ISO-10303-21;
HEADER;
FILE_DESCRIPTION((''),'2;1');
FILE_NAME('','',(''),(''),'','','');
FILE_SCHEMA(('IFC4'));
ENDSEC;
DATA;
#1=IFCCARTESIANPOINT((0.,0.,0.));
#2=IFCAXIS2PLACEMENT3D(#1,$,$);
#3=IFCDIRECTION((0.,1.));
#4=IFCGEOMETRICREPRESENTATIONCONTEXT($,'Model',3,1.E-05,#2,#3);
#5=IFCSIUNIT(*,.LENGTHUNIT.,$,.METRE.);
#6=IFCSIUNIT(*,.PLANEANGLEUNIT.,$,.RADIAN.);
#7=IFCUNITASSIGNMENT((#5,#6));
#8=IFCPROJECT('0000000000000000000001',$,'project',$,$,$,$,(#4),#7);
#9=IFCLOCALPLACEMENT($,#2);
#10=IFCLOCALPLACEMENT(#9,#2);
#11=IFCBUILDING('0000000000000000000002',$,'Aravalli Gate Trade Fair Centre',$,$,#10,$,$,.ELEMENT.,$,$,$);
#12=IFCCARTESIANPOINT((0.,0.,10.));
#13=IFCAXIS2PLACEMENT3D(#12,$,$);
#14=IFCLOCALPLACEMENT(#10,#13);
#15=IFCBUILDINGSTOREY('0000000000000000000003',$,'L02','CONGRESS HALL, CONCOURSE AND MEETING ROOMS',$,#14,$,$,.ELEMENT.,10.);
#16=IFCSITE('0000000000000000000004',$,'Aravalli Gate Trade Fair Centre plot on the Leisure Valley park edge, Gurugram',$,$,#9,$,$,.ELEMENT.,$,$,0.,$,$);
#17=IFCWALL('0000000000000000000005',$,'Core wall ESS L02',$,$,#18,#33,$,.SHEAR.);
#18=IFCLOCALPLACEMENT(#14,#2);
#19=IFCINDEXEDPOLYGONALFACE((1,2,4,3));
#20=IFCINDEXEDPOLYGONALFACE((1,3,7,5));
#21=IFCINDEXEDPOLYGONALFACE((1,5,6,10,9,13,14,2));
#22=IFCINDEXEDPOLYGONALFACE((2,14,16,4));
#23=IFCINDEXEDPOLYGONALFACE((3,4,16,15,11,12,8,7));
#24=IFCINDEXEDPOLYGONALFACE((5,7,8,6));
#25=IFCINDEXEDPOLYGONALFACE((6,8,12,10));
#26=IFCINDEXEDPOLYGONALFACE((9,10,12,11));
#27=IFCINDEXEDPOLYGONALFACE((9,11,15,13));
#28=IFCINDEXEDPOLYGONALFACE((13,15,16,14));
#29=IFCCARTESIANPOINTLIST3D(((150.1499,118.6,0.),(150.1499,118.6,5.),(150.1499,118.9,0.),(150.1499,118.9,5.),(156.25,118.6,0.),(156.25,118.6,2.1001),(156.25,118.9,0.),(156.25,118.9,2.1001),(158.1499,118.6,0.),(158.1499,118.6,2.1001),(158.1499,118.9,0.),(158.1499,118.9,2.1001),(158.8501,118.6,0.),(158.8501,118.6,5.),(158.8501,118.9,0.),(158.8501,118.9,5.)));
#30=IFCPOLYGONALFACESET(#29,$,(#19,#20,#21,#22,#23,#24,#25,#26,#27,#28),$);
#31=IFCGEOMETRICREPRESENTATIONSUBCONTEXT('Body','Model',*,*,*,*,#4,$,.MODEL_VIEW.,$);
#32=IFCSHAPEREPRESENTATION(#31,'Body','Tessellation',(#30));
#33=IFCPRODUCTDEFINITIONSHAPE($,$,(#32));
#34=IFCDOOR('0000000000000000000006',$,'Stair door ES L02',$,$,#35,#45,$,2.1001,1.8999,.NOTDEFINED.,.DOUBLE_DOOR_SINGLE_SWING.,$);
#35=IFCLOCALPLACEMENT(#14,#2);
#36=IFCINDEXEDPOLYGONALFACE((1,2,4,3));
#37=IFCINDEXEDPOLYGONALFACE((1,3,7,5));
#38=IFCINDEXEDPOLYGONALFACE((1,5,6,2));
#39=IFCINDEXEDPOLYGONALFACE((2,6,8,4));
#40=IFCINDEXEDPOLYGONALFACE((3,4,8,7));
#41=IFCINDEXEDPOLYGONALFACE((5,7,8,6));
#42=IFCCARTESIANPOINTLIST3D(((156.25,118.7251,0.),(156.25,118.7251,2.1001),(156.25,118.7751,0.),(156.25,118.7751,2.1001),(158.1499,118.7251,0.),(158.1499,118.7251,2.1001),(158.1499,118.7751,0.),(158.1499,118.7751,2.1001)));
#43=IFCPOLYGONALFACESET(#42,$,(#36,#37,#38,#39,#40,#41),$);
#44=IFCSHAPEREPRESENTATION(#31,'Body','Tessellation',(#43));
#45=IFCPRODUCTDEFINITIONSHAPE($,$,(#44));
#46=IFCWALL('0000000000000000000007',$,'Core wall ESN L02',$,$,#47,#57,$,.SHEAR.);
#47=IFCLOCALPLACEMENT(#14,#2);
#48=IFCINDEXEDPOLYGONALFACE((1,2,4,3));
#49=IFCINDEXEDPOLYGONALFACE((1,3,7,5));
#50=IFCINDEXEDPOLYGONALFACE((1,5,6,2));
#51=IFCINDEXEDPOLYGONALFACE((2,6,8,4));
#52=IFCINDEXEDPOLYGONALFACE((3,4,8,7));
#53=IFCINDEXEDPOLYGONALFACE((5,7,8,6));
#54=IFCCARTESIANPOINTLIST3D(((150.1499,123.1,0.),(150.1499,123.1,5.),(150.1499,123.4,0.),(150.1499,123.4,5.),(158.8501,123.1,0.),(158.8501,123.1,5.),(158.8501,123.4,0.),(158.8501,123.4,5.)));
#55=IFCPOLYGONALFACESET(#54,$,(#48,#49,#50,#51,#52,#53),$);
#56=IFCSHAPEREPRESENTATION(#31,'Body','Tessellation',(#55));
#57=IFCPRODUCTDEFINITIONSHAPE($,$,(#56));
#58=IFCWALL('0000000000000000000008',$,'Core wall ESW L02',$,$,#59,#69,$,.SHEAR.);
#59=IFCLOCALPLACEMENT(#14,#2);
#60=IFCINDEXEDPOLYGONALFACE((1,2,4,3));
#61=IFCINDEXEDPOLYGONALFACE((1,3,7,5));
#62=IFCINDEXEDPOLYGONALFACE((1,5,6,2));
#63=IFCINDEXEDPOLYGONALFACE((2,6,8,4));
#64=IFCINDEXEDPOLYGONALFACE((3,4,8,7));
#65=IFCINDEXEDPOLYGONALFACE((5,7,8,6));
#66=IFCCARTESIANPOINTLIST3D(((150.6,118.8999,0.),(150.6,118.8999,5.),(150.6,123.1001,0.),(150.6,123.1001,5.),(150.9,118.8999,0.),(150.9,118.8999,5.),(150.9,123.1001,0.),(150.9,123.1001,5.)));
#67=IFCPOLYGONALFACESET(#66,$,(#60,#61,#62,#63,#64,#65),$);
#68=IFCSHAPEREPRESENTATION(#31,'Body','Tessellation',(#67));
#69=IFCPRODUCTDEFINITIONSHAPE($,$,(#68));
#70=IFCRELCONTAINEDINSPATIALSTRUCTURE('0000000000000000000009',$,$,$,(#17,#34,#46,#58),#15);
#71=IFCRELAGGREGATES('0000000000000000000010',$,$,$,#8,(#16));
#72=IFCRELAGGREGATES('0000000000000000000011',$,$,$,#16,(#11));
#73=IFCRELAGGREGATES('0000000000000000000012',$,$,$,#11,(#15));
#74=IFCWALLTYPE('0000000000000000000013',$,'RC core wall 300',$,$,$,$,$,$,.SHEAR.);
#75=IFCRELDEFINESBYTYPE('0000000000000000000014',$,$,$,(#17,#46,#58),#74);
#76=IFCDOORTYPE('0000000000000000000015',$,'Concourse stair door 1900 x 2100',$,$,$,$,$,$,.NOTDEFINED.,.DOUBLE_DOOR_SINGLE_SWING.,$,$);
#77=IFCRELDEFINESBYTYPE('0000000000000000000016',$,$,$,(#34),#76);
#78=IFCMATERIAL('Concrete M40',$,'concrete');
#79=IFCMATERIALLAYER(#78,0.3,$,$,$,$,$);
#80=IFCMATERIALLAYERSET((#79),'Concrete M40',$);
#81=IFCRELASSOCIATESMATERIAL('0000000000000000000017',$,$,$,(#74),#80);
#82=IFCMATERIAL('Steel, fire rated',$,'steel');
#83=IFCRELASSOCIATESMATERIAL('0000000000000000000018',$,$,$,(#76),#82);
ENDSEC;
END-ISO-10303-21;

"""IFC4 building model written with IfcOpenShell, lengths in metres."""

from ifc_helpers import new_model, si_unit, direction, frame, frame_2d, origin, place, context, subcontext, project, spatial, rectangle, extrude, material, layer, layer_set, type_object, element, fill, save


model = new_model("IFC4")

# Units and contexts
model_context = context("Model", 3, precision=1e-05, world=origin(), true_north=direction((0.0, 1.0)))
body_context = subcontext(model_context, "Body", "Model", "MODEL_VIEW")
ifc_project = project(units=[si_unit("LENGTHUNIT", "METRE"), si_unit("PLANEANGLEUNIT", "RADIAN")], contexts=[model_context])

# Site, building, storey
site_placement = place(None, origin())
site = spatial("IfcSite", under=ifc_project, at=site_placement, Name="Aravalli Gate Trade Fair Centre plot on the Leisure Valley park edge, Gurugram", CompositionType="ELEMENT", RefElevation=0.0)
building_placement = place(site_placement, origin())
building = spatial("IfcBuilding", under=site, at=building_placement, Name="Aravalli Gate Trade Fair Centre", CompositionType="ELEMENT")
storey_placement = place(building_placement, frame((0.0, 0.0, 10.0)))
storey = spatial("IfcBuildingStorey", under=building, at=storey_placement, Name="L02", Description="CONGRESS HALL, CONCOURSE AND MEETING ROOMS", CompositionType="ELEMENT", Elevation=10.0)

# Shared definitions
ifc_material_1 = material(Name="Concrete M40", Category="concrete")
ifc_material_2 = material(Name="Steel, fire rated", Category="steel")

# Wall, opening, door
ifc_layer_1 = layer(ifc_material_1, 0.3)
ifc_layer_set_1 = layer_set([ifc_layer_1], Name="Concrete M40")
wall_type_1 = type_object("IfcWallType", Name="RC core wall 300", PredefinedType="SHEAR", material=ifc_layer_set_1)
wall_1_placement = place(storey_placement, frame((150.1499, 118.75, 0.0), z_axis=(0.0, 0.0, 1.0), x_axis=(1.0, 0.0, 0.0)))
wall_1 = element("IfcWall", 1, at=wall_1_placement, inside=storey, type_object=wall_type_1, Name="Core wall ESS L02", PredefinedType="SHEAR", context=body_context, shape_type="SweptSolid", body=[
    extrude(rectangle(XDim=8.7002, YDim=0.3, at=frame_2d((4.3501, 0.0))), origin(), (0.0, 0.0, 1.0), 5.0),
])
opening_1_placement = place(wall_1_placement, frame((6.1001, 0.0, 0.0)))
opening_1 = element("IfcOpeningElement", 2, at=opening_1_placement, cuts=wall_1, PredefinedType="OPENING", context=body_context, shape_type="SweptSolid", body=[
    extrude(rectangle(XDim=1.8999, YDim=2.1001, at=frame_2d((0.95, 1.05))), frame((0.0, 0.1599, 0.0), z_axis=(0.0, -1.0, 0.0), x_axis=(1.0, 0.0, 0.0)), (0.0, 0.0, 1.0), 0.3201),
])
door_type_1 = type_object("IfcDoorType", Name="Concourse stair door 1900 x 2100", OperationType="DOUBLE_DOOR_SINGLE_SWING", PredefinedType="NOTDEFINED", material=ifc_material_2)
door_1_placement = place(opening_1_placement, frame((1.8999, 0.0, 0.0), z_axis=(0.0, 0.0, 1.0), x_axis=(-1.0, 0.0, 0.0)))
door_1 = element("IfcDoor", 3, at=door_1_placement, inside=storey, type_object=door_type_1, Name="Stair door ES L02", OperationType="DOUBLE_DOOR_SINGLE_SWING", OverallHeight=2.1001, OverallWidth=1.8999, PredefinedType="NOTDEFINED", context=body_context, shape_type="SweptSolid", body=[
    extrude(rectangle(XDim=1.8999, YDim=2.1001, at=frame_2d((0.95, 1.05))), frame((0.0, 0.0249, 0.0), z_axis=(0.0, -1.0, 0.0), x_axis=(1.0, 0.0, 0.0)), (0.0, 0.0, 1.0), 0.05),
])
fill(opening_1, door_1)

# Walls
wall_2_placement = place(storey_placement, frame((150.1499, 123.25, 0.0), z_axis=(0.0, 0.0, 1.0), x_axis=(1.0, 0.0, 0.0)))
element("IfcWall", 4, at=wall_2_placement, inside=storey, type_object=wall_type_1, Name="Core wall ESN L02", PredefinedType="SHEAR", context=body_context, shape_type="SweptSolid", body=[
    extrude(rectangle(XDim=8.7002, YDim=0.3, at=frame_2d((4.3501, 0.0))), origin(), (0.0, 0.0, 1.0), 5.0),
])
wall_3_placement = place(storey_placement, frame((150.75, 118.8999, 0.0), z_axis=(0.0, 0.0, 1.0), x_axis=(0.0, 1.0, 0.0)))
element("IfcWall", 5, at=wall_3_placement, inside=storey, type_object=wall_type_1, Name="Core wall ESW L02", PredefinedType="SHEAR", context=body_context, shape_type="SweptSolid", body=[
    extrude(rectangle(XDim=4.2002, YDim=0.3, at=frame_2d((2.1001, 0.0))), origin(), (0.0, 0.0, 1.0), 5.0),
])

save(model, "model.ifc")
